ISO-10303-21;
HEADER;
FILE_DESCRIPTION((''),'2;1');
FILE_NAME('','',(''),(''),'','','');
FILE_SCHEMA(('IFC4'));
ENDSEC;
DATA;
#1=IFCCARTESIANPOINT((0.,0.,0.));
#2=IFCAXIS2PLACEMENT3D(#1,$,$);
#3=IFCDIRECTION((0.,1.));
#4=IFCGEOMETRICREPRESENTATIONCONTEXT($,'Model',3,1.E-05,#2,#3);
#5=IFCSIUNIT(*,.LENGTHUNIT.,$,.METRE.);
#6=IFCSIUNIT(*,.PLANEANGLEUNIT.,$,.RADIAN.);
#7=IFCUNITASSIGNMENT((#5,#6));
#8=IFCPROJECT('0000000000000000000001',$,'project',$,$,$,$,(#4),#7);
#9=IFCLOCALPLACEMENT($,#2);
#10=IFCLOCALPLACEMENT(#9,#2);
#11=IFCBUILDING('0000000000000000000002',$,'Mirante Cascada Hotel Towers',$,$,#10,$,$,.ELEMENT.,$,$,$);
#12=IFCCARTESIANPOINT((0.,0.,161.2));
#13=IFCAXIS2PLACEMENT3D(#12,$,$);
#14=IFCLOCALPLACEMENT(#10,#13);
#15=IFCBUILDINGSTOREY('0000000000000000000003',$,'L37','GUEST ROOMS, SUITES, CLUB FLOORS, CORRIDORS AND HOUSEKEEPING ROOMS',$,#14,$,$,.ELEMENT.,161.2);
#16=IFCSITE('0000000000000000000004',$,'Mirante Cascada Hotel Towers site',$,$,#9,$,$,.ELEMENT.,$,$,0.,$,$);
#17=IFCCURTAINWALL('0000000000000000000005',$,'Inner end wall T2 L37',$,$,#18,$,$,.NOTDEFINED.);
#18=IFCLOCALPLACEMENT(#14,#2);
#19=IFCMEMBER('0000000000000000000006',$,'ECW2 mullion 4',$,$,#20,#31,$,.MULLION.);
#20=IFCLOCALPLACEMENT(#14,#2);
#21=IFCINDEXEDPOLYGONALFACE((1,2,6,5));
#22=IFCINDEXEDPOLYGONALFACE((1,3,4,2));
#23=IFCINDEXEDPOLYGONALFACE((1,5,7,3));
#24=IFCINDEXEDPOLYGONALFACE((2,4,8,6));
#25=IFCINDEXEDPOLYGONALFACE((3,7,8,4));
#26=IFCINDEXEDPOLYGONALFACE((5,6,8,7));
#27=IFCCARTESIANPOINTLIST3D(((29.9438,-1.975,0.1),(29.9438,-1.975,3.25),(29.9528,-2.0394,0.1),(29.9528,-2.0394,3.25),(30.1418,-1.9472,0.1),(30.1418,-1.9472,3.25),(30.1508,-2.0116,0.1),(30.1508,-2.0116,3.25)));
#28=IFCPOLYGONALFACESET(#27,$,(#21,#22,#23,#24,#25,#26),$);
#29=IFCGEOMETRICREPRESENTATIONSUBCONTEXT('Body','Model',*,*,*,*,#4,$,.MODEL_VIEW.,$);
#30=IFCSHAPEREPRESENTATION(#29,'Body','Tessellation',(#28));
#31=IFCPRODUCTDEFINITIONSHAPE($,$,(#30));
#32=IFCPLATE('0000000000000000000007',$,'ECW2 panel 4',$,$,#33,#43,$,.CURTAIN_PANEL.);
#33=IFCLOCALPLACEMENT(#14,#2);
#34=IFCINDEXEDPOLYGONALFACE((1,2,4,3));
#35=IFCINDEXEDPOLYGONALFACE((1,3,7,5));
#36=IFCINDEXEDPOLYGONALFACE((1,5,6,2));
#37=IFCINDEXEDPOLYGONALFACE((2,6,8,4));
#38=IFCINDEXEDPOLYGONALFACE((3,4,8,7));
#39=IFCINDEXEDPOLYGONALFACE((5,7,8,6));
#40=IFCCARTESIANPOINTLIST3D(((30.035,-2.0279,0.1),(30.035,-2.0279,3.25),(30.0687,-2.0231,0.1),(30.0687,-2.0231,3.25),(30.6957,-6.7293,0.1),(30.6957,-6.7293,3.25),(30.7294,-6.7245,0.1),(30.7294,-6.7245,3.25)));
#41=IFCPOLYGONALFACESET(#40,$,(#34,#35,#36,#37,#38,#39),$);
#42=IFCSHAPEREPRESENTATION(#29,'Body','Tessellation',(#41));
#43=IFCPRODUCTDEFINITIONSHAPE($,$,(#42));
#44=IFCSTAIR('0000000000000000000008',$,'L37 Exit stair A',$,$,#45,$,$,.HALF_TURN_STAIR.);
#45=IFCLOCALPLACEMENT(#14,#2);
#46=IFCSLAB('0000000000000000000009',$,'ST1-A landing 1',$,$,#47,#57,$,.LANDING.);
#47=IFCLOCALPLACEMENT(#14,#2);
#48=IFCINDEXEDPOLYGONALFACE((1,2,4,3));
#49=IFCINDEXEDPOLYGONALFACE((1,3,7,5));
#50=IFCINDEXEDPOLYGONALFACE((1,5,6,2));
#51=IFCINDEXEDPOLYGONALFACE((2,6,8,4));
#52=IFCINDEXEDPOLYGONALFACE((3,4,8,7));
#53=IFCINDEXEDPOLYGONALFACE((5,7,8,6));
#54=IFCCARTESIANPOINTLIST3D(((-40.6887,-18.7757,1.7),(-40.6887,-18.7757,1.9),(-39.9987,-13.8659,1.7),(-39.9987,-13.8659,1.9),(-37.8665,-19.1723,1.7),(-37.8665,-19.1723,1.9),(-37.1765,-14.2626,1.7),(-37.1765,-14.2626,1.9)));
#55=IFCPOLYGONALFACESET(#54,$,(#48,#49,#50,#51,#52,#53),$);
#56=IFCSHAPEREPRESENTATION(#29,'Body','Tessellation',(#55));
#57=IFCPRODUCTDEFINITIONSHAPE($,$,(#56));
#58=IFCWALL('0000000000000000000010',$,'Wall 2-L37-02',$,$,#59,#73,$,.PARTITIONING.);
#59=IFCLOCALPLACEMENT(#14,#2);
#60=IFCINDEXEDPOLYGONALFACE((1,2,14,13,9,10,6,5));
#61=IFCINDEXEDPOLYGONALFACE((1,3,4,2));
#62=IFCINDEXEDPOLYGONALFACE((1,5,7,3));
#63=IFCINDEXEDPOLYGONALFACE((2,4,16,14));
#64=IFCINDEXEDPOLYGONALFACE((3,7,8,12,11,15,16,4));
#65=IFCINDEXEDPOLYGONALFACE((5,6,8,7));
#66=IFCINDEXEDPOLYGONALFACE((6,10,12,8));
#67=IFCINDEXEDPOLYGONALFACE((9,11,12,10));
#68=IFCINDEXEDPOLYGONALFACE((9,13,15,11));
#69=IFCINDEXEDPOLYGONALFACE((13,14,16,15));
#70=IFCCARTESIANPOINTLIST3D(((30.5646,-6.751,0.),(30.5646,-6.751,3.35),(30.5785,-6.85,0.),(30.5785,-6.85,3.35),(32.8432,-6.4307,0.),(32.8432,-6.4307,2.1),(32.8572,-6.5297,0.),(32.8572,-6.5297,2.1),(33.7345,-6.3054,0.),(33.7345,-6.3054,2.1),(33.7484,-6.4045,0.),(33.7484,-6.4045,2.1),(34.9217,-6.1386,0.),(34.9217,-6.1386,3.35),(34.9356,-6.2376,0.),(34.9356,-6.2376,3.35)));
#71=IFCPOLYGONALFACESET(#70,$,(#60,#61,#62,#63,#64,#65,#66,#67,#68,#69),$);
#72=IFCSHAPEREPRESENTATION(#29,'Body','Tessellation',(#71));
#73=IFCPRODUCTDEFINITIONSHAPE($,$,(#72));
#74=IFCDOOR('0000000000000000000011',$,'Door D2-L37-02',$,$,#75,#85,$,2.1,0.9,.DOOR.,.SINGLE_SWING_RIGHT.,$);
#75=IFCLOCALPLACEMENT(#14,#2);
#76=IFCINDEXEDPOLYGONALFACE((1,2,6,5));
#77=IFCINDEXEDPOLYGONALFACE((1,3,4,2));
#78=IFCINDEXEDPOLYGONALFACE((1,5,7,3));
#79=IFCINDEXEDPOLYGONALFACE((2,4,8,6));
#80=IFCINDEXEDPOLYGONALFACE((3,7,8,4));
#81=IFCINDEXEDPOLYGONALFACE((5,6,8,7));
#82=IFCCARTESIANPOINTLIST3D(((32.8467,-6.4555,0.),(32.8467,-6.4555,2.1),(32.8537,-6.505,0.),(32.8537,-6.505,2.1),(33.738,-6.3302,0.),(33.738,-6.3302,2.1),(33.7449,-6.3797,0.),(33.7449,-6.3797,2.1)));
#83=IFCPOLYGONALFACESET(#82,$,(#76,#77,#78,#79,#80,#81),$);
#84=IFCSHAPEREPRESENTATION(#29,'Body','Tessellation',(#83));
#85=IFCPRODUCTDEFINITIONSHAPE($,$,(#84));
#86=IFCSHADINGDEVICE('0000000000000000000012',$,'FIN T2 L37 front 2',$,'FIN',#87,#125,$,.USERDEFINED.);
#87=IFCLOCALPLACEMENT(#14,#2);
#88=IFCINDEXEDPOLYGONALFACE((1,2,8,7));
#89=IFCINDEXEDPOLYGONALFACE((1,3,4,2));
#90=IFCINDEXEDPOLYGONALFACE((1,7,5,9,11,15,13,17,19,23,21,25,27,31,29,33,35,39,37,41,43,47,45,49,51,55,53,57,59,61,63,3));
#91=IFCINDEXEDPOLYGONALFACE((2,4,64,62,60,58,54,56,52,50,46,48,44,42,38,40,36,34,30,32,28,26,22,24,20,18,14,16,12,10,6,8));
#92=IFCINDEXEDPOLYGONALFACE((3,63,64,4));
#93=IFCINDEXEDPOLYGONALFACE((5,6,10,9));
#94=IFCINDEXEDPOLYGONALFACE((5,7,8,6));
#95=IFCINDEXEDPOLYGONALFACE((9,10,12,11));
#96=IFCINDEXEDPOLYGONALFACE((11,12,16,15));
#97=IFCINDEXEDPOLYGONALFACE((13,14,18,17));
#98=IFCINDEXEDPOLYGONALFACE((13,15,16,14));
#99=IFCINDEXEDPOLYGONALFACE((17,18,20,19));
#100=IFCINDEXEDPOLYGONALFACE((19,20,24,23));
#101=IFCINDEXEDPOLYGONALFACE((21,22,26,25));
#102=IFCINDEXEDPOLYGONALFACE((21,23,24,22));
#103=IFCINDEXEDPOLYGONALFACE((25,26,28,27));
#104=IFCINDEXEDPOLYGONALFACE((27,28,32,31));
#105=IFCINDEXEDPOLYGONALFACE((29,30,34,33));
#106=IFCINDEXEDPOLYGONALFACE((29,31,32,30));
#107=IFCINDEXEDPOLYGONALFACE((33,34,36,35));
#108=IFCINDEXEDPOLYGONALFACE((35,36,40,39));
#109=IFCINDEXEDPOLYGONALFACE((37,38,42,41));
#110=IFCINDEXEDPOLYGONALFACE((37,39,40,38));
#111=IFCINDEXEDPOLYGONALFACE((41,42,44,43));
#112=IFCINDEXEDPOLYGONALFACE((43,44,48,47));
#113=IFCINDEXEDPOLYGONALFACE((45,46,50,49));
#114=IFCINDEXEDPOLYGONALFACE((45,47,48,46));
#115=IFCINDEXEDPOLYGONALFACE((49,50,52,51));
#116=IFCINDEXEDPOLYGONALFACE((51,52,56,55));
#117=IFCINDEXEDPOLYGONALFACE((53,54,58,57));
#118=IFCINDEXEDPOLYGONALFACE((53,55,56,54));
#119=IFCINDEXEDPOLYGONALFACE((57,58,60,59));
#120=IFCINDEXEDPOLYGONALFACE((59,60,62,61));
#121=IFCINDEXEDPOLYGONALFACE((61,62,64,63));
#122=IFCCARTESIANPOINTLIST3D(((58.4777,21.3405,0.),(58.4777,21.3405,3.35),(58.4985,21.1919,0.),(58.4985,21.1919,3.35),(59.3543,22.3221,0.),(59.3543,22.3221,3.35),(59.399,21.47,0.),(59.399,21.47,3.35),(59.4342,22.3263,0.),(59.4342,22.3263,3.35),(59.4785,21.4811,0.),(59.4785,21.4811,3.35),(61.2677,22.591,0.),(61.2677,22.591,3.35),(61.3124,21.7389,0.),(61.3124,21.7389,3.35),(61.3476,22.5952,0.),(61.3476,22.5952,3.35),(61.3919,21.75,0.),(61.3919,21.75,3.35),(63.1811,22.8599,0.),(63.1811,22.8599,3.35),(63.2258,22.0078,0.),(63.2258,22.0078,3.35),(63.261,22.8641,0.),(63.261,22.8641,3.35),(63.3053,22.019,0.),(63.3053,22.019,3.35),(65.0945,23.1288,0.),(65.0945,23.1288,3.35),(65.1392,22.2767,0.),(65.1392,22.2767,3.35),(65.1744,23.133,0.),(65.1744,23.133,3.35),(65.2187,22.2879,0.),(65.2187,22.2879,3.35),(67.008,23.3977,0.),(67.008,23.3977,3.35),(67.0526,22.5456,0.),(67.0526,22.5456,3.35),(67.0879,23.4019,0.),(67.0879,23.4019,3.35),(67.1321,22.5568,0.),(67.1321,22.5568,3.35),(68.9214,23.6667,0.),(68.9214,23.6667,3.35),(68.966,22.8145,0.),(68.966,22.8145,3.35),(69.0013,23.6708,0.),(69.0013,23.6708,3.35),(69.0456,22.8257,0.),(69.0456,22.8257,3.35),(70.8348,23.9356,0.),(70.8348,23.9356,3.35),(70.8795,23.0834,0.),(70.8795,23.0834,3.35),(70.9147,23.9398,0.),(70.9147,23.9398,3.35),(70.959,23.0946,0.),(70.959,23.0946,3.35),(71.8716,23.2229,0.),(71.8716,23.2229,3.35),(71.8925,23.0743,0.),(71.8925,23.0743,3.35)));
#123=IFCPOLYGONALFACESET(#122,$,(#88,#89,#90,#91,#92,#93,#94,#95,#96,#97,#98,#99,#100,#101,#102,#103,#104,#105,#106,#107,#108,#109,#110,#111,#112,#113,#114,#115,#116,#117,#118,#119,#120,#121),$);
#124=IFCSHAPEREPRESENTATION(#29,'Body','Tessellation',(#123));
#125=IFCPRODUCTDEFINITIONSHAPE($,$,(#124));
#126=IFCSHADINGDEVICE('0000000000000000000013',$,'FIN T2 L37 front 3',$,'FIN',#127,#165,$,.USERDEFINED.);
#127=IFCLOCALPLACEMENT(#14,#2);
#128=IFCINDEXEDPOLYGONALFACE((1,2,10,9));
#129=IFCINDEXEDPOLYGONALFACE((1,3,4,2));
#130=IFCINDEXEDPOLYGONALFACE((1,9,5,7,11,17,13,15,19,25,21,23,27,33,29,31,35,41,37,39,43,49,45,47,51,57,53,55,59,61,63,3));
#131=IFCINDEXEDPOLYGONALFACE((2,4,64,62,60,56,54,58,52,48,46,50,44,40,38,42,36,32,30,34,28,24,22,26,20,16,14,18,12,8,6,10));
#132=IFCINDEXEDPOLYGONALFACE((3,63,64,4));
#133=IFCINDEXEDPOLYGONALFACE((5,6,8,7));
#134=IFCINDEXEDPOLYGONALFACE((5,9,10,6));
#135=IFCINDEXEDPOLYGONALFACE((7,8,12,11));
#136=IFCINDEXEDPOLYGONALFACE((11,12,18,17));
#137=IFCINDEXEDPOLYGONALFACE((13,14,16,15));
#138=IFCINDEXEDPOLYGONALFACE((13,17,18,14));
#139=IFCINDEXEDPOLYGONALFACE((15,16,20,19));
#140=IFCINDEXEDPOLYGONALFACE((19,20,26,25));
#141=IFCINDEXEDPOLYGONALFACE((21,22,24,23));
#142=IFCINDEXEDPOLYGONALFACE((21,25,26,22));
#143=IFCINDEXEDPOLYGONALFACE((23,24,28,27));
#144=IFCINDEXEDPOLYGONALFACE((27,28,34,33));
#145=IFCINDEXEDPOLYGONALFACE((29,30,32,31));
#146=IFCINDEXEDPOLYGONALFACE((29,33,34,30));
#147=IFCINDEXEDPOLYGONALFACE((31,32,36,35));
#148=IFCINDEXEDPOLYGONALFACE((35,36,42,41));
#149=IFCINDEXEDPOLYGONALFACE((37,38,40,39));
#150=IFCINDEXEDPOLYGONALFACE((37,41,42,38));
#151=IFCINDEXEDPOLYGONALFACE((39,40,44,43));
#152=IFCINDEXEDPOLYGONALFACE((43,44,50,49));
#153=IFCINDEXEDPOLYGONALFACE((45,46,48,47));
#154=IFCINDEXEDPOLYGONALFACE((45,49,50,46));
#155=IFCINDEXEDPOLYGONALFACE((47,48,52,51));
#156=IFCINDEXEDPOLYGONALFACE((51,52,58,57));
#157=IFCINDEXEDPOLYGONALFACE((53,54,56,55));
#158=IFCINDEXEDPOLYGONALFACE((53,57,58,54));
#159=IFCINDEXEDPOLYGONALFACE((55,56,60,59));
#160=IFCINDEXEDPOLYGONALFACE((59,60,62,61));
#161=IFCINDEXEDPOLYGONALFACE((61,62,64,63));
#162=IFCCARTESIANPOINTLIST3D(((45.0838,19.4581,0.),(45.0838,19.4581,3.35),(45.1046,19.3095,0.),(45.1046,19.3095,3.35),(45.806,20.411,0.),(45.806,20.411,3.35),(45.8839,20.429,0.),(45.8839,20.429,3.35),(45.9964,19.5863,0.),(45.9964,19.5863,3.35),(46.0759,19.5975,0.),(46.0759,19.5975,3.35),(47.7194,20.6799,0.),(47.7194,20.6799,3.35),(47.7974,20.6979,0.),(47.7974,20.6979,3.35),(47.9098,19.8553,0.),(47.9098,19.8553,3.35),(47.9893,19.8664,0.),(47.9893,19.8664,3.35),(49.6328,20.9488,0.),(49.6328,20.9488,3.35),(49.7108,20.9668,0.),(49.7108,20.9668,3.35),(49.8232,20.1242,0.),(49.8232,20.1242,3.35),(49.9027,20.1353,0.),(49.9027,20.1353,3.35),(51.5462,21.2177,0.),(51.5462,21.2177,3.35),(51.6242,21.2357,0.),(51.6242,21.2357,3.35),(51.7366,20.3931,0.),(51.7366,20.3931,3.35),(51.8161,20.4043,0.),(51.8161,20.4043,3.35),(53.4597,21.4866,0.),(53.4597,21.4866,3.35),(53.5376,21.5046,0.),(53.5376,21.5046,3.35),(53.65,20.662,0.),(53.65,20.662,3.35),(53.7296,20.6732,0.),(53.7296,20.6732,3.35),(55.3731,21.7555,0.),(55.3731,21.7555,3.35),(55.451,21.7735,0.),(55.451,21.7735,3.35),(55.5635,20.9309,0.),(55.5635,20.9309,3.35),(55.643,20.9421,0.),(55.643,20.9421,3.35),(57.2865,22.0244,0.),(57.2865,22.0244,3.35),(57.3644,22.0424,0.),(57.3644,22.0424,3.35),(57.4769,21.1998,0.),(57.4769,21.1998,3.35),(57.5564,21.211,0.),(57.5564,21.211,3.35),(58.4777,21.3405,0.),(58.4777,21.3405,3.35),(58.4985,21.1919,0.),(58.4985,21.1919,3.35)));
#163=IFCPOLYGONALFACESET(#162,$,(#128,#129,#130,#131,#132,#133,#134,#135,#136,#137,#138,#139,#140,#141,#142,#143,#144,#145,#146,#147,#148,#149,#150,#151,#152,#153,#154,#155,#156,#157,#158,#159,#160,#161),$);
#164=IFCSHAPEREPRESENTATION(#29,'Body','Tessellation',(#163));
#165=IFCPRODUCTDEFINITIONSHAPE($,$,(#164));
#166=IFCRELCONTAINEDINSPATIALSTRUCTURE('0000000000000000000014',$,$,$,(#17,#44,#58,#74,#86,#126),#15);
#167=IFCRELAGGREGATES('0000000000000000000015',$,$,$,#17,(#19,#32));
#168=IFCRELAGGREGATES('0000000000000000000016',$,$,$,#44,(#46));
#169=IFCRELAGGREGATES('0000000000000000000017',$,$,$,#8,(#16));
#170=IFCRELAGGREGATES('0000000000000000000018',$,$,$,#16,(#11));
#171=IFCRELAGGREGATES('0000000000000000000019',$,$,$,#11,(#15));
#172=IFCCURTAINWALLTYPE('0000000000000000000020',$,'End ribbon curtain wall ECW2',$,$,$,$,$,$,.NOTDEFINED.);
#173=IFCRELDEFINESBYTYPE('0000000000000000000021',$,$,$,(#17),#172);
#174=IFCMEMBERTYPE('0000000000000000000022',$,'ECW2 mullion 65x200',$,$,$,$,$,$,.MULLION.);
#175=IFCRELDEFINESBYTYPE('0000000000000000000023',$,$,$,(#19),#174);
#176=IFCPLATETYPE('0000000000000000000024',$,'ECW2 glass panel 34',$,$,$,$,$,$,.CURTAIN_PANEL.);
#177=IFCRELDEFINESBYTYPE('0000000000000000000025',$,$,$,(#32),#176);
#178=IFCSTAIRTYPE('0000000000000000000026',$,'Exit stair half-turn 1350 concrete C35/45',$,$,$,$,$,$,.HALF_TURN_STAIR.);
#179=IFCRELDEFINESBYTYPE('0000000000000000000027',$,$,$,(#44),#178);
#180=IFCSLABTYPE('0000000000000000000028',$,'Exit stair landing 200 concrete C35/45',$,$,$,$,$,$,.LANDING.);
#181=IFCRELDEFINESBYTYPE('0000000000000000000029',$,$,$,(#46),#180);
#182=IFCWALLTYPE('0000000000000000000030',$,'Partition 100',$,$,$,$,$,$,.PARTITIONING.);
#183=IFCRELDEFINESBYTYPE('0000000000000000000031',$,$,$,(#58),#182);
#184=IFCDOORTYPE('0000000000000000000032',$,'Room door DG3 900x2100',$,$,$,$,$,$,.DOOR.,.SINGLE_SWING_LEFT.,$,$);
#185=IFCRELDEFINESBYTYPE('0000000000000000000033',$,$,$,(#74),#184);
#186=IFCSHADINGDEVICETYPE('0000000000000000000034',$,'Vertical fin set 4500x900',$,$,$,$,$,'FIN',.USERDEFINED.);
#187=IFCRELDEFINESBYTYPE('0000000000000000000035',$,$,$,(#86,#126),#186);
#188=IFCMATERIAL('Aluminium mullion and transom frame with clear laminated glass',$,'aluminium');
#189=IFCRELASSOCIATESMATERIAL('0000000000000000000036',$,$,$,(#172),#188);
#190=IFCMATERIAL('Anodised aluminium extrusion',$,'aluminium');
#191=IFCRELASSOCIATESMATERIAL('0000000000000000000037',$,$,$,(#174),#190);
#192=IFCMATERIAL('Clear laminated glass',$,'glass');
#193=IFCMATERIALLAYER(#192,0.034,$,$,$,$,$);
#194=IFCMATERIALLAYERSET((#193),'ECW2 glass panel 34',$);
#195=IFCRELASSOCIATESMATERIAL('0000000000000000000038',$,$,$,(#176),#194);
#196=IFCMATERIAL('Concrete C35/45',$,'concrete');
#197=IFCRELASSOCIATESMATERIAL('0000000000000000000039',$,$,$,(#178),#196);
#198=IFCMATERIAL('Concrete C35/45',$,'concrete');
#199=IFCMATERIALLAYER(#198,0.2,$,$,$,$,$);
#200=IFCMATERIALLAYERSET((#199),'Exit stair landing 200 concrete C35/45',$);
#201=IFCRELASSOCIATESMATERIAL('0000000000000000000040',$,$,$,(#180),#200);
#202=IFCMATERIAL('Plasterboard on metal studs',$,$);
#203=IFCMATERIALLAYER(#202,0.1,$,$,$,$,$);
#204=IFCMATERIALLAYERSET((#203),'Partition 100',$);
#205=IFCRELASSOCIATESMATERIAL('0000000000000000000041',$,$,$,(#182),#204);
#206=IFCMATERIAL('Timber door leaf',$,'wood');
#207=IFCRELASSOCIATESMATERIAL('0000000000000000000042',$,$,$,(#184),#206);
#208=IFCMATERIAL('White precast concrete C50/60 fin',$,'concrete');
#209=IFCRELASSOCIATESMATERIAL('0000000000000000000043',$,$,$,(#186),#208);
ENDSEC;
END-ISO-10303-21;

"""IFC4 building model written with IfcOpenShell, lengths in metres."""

from ifc_helpers import new_model, si_unit, direction, frame, frame_2d, origin, origin_2d, place, context, subcontext, project, spatial, polyline, rectangle, outline, extrude, material, layer, layer_set, material_profile, profile_set, type_object, element, fill, aggregate, save


model = new_model("IFC4")

# Units and contexts
model_context = context("Model", 3, precision=1e-05, world=origin(), true_north=direction((0.0, 1.0)))
body_context = subcontext(model_context, "Body", "Model", "MODEL_VIEW")
ifc_project = project(units=[si_unit("LENGTHUNIT", "METRE"), si_unit("PLANEANGLEUNIT", "RADIAN")], contexts=[model_context])

# Site, building, storey
site_placement = place(None, origin())
site = spatial("IfcSite", under=ifc_project, at=site_placement, Name="Mirante Cascada Hotel Towers site", CompositionType="ELEMENT", RefElevation=0.0)
building_placement = place(site_placement, origin())
building = spatial("IfcBuilding", under=site, at=building_placement, Name="Mirante Cascada Hotel Towers", CompositionType="ELEMENT")
storey_placement = place(building_placement, frame((0.0, 0.0, 161.2)))
storey = spatial("IfcBuildingStorey", under=building, at=storey_placement, Name="L37", Description="GUEST ROOMS, SUITES, CLUB FLOORS, CORRIDORS AND HOUSEKEEPING ROOMS", CompositionType="ELEMENT", Elevation=161.2)

# Curtain wall, member, plate
ifc_material_1 = material(Name="Aluminium mullion and transom frame with clear laminated glass", Category="aluminium")
curtain_wall_type = type_object("IfcCurtainWallType", Name="End ribbon curtain wall ECW2", PredefinedType="NOTDEFINED", material=ifc_material_1)
curtain_wall_placement = place(storey_placement, origin())
curtain_wall = element("IfcCurtainWall", 1, at=curtain_wall_placement, inside=storey, type_object=curtain_wall_type, Name="Inner end wall T2 L37", PredefinedType="NOTDEFINED")
ifc_material_2 = material(Name="Anodised aluminium extrusion", Category="aluminium")
ifc_material_profile = material_profile(ifc_material_2, rectangle(XDim=0.2, YDim=0.065, at=origin_2d()), Name="ECW2 MULLION 65x200")
ifc_profile_set = profile_set([ifc_material_profile], Name="Anodised aluminium extrusion")
member_type = type_object("IfcMemberType", Name="ECW2 mullion 65x200", PredefinedType="MULLION", material=ifc_profile_set)
member_placement = place(storey_placement, frame((30.0473, -1.9933, 0.1), z_axis=(0.0, 0.0, 1.0), x_axis=(0.990268, 0.139173, 0.0)))
member = element("IfcMember", 2, at=member_placement, type_object=member_type, Name="ECW2 mullion 4", PredefinedType="MULLION", context=body_context, shape_type="SweptSolid", body=[
    extrude(rectangle(XDim=0.2, YDim=0.065, at=origin_2d()), origin(), (0.0, 0.0, 1.0), 3.15),
])
ifc_material_3 = material(Name="Clear laminated glass", Category="glass")
ifc_layer_1 = layer(ifc_material_3, 0.034)
ifc_layer_set_1 = layer_set([ifc_layer_1], Name="ECW2 glass panel 34")
plate_type = type_object("IfcPlateType", Name="ECW2 glass panel 34", PredefinedType="CURTAIN_PANEL", material=ifc_layer_set_1)
plate_placement = place(storey_placement, frame((30.3822, -4.3762, 0.1), z_axis=(0.0, 0.0, 1.0), x_axis=(0.139173, -0.990268, 0.0)))
plate = element("IfcPlate", 3, at=plate_placement, type_object=plate_type, Name="ECW2 panel 4", PredefinedType="CURTAIN_PANEL", context=body_context, shape_type="SweptSolid", body=[
    extrude(rectangle(XDim=4.7476, YDim=0.034, at=origin_2d()), origin(), (0.0, 0.0, 1.0), 3.15),
])
aggregate(curtain_wall, [member, plate])

# Stair, slab
ifc_material_4 = material(Name="Concrete C35/45", Category="concrete")
stair_type = type_object("IfcStairType", Name="Exit stair half-turn 1350 concrete C35/45", PredefinedType="HALF_TURN_STAIR", material=ifc_material_4)
stair_placement = place(storey_placement, origin())
stair = element("IfcStair", 4, at=stair_placement, inside=storey, type_object=stair_type, Name="L37 Exit stair A", PredefinedType="HALF_TURN_STAIR")
ifc_material_5 = material(Name="Concrete C35/45", Category="concrete")
ifc_layer_2 = layer(ifc_material_5, 0.2)
ifc_layer_set_2 = layer_set([ifc_layer_2], Name="Exit stair landing 200 concrete C35/45")
slab_type = type_object("IfcSlabType", Name="Exit stair landing 200 concrete C35/45", PredefinedType="LANDING", material=ifc_layer_set_2)
slab_placement = place(storey_placement, frame((0.0, 0.0, 1.7)))
slab = element("IfcSlab", 5, at=slab_placement, type_object=slab_type, Name="ST1-A landing 1", PredefinedType="LANDING", context=body_context, shape_type="SweptSolid", body=[
    extrude(outline(polyline([(-39.9987, -13.8659), (-40.6887, -18.7757), (-37.8665, -19.1723), (-37.1765, -14.2626), (-39.9987, -13.8659)])), origin(), (0.0, 0.0, 1.0), 0.2),
])
aggregate(stair, [slab])

# Wall, opening, door
ifc_material_6 = material(Name="Plasterboard on metal studs")
ifc_layer_3 = layer(ifc_material_6, 0.1)
ifc_layer_set_3 = layer_set([ifc_layer_3], Name="Partition 100")
wall_type = type_object("IfcWallType", Name="Partition 100", PredefinedType="PARTITIONING", material=ifc_layer_set_3)
wall_placement = place(storey_placement, frame((30.5715, -6.8005, 0.0), z_axis=(0.0, 0.0, 1.0), x_axis=(0.990267, 0.139184, 0.0)))
wall = element("IfcWall", 6, at=wall_placement, inside=storey, type_object=wall_type, Name="Wall 2-L37-02", PredefinedType="PARTITIONING", context=body_context, shape_type="SweptSolid", body=[
    extrude(rectangle(XDim=4.3999, YDim=0.1, at=frame_2d((2.2, 0.0))), origin(), (0.0, 0.0, 1.0), 3.35),
])
opening_placement = place(wall_placement, frame((2.3011, 0.0, 0.0)))
opening = element("IfcOpeningElement", 7, at=opening_placement, cuts=wall, PredefinedType="OPENING", context=body_context, shape_type="SweptSolid", body=[
    extrude(rectangle(XDim=0.9, YDim=2.1, at=frame_2d((0.45, 1.05))), frame((0.0, 0.05, 0.0), z_axis=(0.0, -1.0, 0.0), x_axis=(1.0, 0.0, 0.0)), (0.0, 0.0, 1.0), 0.1),
])
ifc_material_7 = material(Name="Timber door leaf", Category="wood")
door_type = type_object("IfcDoorType", Name="Room door DG3 900x2100", OperationType="SINGLE_SWING_LEFT", PredefinedType="DOOR", material=ifc_material_7)
door_placement = place(opening_placement, frame((0.9, 0.0, 0.0), z_axis=(0.0, 0.0, 1.0), x_axis=(-1.0, 0.0, 0.0)))
door = element("IfcDoor", 8, at=door_placement, inside=storey, type_object=door_type, Name="Door D2-L37-02", OperationType="SINGLE_SWING_RIGHT", OverallHeight=2.1, OverallWidth=0.9, PredefinedType="DOOR", context=body_context, shape_type="SweptSolid", body=[
    extrude(rectangle(XDim=0.9, YDim=2.1, at=frame_2d((0.45, 1.05))), frame((0.0, 0.025, 0.0), z_axis=(0.0, -1.0, 0.0), x_axis=(1.0, 0.0, 0.0)), (0.0, 0.0, 1.0), 0.05),
])
fill(opening, door)

# Shading devices
ifc_material_8 = material(Name="White precast concrete C50/60 fin", Category="concrete")
shading_device_type = type_object("IfcShadingDeviceType", Name="Vertical fin set 4500x900", ElementType="FIN", PredefinedType="USERDEFINED", material=ifc_material_8)
shading_device_1_placement = place(storey_placement, origin())
element("IfcShadingDevice", 9, at=shading_device_1_placement, inside=storey, type_object=shading_device_type, Name="FIN T2 L37 front 2", ObjectType="FIN", PredefinedType="USERDEFINED", context=body_context, shape_type="SweptSolid", body=[
    extrude(outline(polyline([(59.4342, 22.3263), (59.4785, 21.4811), (61.3124, 21.7389), (61.2677, 22.591), (61.3476, 22.5952), (61.3919, 21.75), (63.2258, 22.0078), (63.1811, 22.8599), (63.261, 22.8641), (63.3053, 22.019), (65.1392, 22.2767), (65.0945, 23.1288), (65.1744, 23.133), (65.2187, 22.2879), (67.0526, 22.5456), (67.008, 23.3977), (67.0879, 23.4019), (67.1321, 22.5568), (68.966, 22.8145), (68.9214, 23.6667), (69.0013, 23.6708), (69.0456, 22.8257), (70.8795, 23.0834), (70.8348, 23.9356), (70.9147, 23.9398), (70.959, 23.0946), (71.8716, 23.2229), (71.8925, 23.0743), (58.4985, 21.1919), (58.4777, 21.3405), (59.399, 21.47), (59.3543, 22.3221), (59.4342, 22.3263)])), origin(), (0.0, 0.0, 1.0), 3.35),
])
shading_device_2_placement = place(storey_placement, origin())
element("IfcShadingDevice", 10, at=shading_device_2_placement, inside=storey, type_object=shading_device_type, Name="FIN T2 L37 front 3", ObjectType="FIN", PredefinedType="USERDEFINED", context=body_context, shape_type="SweptSolid", body=[
    extrude(outline(polyline([(45.8839, 20.429), (46.0759, 19.5975), (47.9098, 19.8553), (47.7194, 20.6799), (47.7974, 20.6979), (47.9893, 19.8664), (49.8232, 20.1242), (49.6328, 20.9488), (49.7108, 20.9668), (49.9027, 20.1353), (51.7366, 20.3931), (51.5462, 21.2177), (51.6242, 21.2357), (51.8161, 20.4043), (53.65, 20.662), (53.4597, 21.4866), (53.5376, 21.5046), (53.7296, 20.6732), (55.5635, 20.9309), (55.3731, 21.7555), (55.451, 21.7735), (55.643, 20.9421), (57.4769, 21.1998), (57.2865, 22.0244), (57.3644, 22.0424), (57.5564, 21.211), (58.4777, 21.3405), (58.4985, 21.1919), (45.1046, 19.3095), (45.0838, 19.4581), (45.9964, 19.5863), (45.806, 20.411), (45.8839, 20.429)])), origin(), (0.0, 0.0, 1.0), 3.35),
])

save(model, "model.ifc")
